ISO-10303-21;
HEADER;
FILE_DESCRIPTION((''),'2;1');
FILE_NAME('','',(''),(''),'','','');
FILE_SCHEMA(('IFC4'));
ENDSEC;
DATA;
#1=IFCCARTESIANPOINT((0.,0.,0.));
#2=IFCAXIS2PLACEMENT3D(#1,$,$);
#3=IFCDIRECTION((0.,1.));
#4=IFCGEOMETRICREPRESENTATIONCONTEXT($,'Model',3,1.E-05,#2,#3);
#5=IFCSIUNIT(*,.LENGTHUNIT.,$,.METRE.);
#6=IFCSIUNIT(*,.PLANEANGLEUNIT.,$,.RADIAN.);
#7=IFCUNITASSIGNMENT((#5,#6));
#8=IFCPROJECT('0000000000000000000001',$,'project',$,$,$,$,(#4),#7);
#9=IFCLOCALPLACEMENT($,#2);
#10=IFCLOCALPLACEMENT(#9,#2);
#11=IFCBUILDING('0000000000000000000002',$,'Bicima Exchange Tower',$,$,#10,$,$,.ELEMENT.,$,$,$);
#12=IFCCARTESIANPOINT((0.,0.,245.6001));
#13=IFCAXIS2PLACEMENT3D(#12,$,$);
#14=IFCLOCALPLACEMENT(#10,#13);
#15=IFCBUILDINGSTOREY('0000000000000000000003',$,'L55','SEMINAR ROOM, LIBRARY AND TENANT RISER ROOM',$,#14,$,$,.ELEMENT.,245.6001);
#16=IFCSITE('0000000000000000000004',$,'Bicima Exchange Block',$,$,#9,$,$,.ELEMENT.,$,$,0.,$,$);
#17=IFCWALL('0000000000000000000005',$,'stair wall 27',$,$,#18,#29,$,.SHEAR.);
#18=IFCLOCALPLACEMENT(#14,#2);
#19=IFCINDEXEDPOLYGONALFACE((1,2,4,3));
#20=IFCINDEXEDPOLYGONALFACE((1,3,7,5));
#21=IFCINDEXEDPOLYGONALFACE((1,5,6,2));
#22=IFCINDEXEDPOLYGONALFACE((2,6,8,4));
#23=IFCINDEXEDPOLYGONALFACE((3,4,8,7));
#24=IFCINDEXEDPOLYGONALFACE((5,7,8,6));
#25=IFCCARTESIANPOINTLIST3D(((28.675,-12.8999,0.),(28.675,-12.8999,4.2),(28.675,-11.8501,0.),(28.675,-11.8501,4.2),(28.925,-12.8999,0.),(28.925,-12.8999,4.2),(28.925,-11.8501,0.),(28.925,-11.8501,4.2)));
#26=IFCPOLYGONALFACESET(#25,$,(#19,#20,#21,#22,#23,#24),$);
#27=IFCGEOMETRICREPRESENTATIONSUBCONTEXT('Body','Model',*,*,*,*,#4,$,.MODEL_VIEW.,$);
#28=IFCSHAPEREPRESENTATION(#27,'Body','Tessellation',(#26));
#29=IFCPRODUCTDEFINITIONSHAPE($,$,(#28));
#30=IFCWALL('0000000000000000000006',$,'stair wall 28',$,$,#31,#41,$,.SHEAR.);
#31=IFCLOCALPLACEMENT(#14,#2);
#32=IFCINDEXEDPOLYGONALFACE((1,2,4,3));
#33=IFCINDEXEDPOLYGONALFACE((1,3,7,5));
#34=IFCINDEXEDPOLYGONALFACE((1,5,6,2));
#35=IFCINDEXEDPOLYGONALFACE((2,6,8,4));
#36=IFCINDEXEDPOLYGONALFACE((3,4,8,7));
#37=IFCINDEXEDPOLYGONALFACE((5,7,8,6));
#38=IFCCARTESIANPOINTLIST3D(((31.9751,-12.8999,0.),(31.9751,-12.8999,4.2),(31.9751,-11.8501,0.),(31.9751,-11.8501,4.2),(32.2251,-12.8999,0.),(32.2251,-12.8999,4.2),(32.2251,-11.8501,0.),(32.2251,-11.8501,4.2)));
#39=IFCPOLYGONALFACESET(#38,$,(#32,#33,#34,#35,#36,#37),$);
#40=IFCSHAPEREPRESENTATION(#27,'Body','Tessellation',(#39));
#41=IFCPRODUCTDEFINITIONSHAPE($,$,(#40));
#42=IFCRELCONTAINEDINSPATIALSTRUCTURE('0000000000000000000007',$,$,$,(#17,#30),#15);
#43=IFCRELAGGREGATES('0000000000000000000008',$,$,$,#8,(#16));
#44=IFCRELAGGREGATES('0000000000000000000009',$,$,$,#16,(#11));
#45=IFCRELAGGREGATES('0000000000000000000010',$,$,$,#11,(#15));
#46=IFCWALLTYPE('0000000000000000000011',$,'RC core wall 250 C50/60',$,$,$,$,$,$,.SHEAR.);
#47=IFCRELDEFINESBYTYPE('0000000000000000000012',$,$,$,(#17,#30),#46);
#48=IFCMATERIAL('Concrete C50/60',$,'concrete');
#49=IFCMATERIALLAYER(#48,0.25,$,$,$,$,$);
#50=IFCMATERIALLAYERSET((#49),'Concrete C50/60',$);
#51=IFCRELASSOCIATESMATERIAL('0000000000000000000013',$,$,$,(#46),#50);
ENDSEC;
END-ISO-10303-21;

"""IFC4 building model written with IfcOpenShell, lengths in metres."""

from ifc_helpers import new_model, si_unit, direction, frame, frame_2d, origin, place, context, subcontext, project, spatial, rectangle, extrude, material, layer, layer_set, type_object, element, save


model = new_model("IFC4")

# Units and contexts
model_context = context("Model", 3, precision=1e-05, world=origin(), true_north=direction((0.0, 1.0)))
body_context = subcontext(model_context, "Body", "Model", "MODEL_VIEW")
ifc_project = project(units=[si_unit("LENGTHUNIT", "METRE"), si_unit("PLANEANGLEUNIT", "RADIAN")], contexts=[model_context])

# Site, building, storey
site_placement = place(None, origin())
site = spatial("IfcSite", under=ifc_project, at=site_placement, Name="Bicima Exchange Block", CompositionType="ELEMENT", RefElevation=0.0)
building_placement = place(site_placement, origin())
building = spatial("IfcBuilding", under=site, at=building_placement, Name="Bicima Exchange Tower", CompositionType="ELEMENT")
storey_placement = place(building_placement, frame((0.0, 0.0, 245.6001)))
storey = spatial("IfcBuildingStorey", under=building, at=storey_placement, Name="L55", Description="SEMINAR ROOM, LIBRARY AND TENANT RISER ROOM", CompositionType="ELEMENT", Elevation=245.6001)

# Walls
ifc_material_1 = material(Name="Concrete C50/60", Category="concrete")
ifc_layer_1 = layer(ifc_material_1, 0.25)
ifc_layer_set_1 = layer_set([ifc_layer_1], Name="Concrete C50/60")
wall_type_1 = type_object("IfcWallType", Name="RC core wall 250 C50/60", PredefinedType="SHEAR", material=ifc_layer_set_1)
for number, where, z_axis, x_axis, name in (
    (1, (28.8, -12.8999, 0.0), (0.0, 0.0, 1.0), (0.0, 1.0, 0.0), "stair wall 27"),
    (2, (32.1001, -12.8999, 0.0), (0.0, 0.0, 1.0), (0.0, 1.0, 0.0), "stair wall 28"),
):
    element("IfcWall", number, at=place(storey_placement, frame(where, z_axis=z_axis, x_axis=x_axis)), inside=storey, type_object=wall_type_1, Name=name, PredefinedType="SHEAR", context=body_context, shape_type="SweptSolid", body=[
        extrude(rectangle(XDim=1.0498, YDim=0.25, at=frame_2d((0.5249, 0.0))), origin(), (0.0, 0.0, 1.0), 4.2),
    ])

save(model, "model.ifc")
